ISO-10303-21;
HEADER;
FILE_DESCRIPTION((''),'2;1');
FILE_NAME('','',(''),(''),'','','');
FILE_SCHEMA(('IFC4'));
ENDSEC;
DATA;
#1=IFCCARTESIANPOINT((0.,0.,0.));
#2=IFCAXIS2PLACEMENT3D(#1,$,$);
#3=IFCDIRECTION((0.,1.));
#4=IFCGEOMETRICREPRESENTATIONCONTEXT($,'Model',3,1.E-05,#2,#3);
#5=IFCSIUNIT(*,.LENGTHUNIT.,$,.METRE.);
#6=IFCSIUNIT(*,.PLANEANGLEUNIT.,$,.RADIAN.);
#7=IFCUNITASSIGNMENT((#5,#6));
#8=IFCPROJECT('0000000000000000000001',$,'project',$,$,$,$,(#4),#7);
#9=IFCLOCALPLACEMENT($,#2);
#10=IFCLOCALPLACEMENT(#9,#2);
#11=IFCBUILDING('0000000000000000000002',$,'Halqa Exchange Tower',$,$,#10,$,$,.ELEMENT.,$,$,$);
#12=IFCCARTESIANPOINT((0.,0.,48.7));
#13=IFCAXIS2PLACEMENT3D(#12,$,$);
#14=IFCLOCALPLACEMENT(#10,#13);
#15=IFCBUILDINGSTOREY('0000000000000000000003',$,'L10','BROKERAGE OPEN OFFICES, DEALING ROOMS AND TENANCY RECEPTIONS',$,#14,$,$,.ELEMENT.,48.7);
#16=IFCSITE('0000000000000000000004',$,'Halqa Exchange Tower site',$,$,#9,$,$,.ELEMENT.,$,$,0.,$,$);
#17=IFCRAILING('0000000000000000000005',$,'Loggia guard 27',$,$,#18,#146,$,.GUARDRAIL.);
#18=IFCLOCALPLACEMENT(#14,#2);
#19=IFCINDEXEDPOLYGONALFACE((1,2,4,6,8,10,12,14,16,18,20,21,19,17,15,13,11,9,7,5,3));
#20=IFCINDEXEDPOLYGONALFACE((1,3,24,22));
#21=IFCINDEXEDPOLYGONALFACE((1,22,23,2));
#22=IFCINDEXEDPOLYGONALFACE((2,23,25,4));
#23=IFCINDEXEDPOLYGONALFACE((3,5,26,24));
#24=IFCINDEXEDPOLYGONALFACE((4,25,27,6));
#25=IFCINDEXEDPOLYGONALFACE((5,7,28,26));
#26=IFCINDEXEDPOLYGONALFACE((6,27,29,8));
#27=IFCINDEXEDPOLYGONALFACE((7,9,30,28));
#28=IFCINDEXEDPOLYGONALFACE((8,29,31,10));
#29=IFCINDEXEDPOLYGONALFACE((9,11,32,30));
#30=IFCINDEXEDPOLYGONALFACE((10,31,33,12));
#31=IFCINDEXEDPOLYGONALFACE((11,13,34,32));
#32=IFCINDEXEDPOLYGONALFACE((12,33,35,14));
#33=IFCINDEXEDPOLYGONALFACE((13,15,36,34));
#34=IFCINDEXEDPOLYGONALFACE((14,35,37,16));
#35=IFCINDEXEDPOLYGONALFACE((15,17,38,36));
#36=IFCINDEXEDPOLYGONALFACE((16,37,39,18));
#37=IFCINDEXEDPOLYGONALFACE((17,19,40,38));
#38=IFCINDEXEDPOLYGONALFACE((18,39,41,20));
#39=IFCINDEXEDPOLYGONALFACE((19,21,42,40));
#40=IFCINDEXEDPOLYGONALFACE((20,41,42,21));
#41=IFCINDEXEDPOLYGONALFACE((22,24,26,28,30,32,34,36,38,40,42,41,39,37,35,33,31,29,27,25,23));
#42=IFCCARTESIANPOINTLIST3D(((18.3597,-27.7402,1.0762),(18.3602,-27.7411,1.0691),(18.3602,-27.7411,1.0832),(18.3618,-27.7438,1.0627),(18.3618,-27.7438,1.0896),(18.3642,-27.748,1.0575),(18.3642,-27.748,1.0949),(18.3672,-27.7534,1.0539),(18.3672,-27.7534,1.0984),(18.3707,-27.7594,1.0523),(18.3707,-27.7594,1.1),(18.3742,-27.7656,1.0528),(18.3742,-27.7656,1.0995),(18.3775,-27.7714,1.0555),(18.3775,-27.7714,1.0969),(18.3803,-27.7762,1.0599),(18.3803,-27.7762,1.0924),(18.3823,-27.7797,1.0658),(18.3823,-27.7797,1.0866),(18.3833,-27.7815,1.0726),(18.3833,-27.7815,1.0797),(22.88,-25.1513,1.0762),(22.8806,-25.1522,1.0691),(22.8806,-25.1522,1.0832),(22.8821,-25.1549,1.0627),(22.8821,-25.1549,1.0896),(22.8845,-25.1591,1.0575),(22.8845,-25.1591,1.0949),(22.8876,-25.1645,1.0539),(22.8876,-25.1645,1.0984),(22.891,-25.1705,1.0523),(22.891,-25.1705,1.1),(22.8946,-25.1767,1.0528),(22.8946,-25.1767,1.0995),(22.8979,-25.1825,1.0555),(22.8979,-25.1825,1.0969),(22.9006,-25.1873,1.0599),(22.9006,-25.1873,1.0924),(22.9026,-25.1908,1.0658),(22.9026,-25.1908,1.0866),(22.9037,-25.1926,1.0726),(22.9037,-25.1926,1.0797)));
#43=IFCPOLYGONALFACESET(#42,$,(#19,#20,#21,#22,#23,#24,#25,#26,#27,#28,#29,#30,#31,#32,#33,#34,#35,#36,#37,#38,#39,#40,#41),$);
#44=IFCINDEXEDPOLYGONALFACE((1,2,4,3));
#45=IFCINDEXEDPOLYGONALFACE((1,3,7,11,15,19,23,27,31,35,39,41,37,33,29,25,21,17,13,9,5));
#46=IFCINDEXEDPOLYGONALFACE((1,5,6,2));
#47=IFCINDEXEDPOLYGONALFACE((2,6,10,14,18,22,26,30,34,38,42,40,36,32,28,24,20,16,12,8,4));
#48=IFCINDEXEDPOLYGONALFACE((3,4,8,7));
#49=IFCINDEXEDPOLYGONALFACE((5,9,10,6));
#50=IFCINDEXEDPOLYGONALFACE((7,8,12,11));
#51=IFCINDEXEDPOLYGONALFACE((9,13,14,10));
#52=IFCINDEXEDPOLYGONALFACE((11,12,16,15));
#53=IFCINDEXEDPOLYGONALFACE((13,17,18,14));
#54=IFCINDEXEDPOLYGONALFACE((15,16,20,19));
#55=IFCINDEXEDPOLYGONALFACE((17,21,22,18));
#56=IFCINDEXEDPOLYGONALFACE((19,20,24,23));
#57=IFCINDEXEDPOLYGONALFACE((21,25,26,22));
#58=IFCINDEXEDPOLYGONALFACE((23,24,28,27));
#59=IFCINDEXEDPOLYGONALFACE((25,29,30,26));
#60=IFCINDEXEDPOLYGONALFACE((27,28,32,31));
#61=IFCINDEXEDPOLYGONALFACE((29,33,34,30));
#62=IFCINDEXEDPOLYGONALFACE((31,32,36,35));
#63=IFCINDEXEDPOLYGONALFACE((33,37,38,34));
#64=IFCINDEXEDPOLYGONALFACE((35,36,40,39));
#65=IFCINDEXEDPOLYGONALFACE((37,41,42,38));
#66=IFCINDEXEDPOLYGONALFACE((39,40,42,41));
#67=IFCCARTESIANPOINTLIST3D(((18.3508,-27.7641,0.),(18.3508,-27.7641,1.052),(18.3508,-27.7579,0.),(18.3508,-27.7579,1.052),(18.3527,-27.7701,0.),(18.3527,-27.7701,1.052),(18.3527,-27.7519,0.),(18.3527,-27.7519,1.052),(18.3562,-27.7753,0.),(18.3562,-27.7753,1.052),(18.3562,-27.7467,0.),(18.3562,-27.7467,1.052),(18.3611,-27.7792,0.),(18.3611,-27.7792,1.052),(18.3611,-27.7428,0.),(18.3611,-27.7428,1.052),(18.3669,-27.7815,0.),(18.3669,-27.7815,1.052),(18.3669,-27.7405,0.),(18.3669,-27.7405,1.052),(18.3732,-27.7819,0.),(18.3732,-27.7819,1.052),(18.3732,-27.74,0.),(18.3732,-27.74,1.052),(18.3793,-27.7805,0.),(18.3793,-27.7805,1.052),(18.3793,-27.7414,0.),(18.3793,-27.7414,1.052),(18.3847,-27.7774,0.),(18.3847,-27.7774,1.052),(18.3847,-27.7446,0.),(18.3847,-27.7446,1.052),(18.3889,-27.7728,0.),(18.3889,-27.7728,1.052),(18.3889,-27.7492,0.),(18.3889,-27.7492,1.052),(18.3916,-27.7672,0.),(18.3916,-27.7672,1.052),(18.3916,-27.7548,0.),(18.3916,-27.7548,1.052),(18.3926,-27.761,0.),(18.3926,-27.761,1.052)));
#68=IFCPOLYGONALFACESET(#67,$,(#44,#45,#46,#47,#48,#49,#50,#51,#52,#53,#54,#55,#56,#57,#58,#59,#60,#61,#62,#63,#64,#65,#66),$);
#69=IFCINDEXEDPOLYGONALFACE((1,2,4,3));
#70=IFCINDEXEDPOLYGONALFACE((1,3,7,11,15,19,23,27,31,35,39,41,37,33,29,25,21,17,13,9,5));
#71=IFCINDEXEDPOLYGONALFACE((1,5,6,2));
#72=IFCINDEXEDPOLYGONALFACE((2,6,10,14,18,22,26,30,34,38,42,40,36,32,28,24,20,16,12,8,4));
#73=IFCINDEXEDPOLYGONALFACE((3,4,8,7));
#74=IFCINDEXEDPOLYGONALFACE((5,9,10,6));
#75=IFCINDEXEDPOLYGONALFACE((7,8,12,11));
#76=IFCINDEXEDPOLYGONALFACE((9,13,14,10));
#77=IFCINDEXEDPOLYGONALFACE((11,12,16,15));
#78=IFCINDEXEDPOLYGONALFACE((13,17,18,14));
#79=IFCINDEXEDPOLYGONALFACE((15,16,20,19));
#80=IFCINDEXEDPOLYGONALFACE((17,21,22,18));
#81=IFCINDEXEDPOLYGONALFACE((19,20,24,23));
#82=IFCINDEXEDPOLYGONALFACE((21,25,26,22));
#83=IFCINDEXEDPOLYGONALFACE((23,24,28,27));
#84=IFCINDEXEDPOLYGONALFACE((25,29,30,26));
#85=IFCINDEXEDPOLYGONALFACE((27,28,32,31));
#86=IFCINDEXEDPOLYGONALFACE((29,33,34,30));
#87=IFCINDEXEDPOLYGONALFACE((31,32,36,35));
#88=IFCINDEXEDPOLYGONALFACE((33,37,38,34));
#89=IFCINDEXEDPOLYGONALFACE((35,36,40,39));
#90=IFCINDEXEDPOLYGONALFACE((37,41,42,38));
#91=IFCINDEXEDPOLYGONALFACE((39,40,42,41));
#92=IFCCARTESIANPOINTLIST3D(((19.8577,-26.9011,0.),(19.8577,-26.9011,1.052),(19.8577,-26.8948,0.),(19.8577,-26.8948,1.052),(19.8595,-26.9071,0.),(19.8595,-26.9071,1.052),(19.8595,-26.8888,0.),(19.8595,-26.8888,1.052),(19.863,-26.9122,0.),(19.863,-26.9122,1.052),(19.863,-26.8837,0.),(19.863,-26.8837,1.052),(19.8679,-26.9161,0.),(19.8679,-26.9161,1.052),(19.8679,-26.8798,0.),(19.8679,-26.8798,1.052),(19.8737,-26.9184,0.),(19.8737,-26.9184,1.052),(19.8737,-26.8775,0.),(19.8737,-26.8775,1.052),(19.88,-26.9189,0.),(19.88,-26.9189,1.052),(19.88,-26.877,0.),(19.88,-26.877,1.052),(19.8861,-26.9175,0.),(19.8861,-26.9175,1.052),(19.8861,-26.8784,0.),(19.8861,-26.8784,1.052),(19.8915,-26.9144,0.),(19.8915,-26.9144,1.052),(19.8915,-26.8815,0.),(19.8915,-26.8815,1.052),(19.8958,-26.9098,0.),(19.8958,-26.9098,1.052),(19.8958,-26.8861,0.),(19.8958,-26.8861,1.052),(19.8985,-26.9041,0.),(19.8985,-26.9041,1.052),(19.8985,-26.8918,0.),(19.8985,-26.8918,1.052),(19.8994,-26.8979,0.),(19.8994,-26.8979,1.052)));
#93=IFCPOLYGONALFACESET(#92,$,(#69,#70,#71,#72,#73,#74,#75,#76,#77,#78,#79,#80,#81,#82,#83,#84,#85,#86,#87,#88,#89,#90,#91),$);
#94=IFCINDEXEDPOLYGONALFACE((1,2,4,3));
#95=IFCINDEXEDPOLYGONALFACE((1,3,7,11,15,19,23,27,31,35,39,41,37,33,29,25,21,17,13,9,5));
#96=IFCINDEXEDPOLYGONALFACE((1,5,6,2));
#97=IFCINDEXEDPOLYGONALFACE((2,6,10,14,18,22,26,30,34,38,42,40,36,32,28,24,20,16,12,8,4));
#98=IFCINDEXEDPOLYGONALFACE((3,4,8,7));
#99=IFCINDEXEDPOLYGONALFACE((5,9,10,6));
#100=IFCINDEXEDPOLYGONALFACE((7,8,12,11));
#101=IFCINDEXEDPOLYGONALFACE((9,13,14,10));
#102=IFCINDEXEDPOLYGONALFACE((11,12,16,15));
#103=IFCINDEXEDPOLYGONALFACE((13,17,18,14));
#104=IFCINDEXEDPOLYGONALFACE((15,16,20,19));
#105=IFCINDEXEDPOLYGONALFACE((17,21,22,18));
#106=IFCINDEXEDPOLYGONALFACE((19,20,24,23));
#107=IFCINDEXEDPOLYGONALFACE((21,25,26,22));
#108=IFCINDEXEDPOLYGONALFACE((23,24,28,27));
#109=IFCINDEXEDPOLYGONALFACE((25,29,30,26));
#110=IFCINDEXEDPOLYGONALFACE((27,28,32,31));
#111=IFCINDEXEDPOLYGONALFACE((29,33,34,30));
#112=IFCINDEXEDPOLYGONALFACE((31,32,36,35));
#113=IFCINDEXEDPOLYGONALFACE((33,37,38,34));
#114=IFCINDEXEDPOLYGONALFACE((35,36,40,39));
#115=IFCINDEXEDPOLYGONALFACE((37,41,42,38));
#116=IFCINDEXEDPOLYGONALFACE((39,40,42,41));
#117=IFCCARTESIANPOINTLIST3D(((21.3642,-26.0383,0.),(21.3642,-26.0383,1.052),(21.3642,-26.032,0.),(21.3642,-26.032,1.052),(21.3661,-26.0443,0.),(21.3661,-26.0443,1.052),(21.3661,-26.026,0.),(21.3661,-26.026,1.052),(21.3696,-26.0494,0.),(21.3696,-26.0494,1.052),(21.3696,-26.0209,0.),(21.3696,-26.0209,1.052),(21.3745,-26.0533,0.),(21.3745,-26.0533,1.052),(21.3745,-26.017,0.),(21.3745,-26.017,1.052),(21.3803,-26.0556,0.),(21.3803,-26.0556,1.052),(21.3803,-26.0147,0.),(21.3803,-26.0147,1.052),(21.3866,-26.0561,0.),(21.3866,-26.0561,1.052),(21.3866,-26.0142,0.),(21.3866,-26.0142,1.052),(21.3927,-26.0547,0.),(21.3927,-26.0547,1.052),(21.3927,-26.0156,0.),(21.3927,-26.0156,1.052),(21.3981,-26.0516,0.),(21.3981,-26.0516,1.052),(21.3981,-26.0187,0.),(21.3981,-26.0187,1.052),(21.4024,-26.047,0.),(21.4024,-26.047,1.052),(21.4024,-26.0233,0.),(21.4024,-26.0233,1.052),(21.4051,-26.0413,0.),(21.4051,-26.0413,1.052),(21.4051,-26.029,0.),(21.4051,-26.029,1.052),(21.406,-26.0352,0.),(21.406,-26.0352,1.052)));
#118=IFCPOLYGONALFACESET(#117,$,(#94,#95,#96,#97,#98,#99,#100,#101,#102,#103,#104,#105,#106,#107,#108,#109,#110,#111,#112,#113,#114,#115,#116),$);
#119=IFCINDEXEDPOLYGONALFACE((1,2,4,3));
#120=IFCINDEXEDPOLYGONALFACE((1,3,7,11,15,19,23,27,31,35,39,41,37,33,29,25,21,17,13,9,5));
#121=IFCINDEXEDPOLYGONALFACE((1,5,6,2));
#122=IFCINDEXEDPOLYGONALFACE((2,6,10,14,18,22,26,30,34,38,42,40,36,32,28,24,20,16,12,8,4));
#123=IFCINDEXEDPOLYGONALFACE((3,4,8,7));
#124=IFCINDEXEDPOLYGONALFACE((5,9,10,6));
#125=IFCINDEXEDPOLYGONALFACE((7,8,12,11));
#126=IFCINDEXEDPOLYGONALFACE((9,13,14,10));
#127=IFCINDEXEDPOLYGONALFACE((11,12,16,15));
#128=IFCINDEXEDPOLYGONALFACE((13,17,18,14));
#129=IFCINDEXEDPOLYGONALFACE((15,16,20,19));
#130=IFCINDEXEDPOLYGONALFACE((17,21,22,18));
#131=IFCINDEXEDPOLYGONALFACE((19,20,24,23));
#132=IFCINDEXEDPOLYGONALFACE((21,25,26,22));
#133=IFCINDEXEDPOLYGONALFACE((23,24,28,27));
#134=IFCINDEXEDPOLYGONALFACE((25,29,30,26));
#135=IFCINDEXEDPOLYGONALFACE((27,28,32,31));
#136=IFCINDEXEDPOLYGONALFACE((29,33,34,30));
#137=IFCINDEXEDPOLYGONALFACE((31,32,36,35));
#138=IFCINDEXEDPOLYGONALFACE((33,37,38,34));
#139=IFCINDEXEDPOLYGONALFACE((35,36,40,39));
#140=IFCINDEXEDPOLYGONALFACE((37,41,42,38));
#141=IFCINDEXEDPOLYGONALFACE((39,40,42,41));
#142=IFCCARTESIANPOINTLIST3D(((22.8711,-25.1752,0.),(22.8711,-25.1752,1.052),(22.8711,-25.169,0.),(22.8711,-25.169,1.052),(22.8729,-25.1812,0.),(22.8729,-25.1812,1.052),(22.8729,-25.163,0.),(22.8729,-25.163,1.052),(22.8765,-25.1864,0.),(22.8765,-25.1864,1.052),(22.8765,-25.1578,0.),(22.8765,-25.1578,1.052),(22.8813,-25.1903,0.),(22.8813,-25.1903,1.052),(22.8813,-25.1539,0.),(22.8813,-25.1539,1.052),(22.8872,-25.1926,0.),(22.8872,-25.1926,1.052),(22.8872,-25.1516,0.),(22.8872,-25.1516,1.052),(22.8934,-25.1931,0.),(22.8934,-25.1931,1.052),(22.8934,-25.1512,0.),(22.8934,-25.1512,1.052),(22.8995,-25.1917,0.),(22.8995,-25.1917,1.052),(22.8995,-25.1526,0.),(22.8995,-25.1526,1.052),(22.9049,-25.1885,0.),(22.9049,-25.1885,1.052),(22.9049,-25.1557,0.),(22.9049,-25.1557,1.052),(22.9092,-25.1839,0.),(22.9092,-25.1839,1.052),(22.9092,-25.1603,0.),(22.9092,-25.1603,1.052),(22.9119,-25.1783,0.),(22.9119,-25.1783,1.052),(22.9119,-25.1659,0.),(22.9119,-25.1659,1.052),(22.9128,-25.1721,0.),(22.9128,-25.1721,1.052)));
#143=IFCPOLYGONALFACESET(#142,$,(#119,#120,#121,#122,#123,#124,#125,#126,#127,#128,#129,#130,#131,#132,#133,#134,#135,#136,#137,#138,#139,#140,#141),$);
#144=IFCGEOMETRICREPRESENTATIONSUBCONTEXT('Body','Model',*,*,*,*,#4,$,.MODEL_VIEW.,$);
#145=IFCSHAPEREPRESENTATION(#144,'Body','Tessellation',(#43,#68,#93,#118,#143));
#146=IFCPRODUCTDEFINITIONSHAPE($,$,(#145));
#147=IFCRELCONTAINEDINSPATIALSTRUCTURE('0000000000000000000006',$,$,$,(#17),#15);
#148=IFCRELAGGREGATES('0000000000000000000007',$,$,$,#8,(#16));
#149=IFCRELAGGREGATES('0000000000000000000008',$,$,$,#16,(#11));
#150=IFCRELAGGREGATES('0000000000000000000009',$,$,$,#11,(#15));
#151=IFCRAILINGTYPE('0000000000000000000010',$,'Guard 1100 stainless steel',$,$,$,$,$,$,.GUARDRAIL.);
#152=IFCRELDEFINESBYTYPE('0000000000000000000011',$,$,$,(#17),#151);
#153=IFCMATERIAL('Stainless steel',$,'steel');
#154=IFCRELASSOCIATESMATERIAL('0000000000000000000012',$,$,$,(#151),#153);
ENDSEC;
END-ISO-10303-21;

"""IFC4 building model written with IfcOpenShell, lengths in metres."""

from ifc_helpers import new_model, si_unit, direction, frame, origin, origin_2d, place, context, subcontext, project, spatial, circle, extrude, material, type_object, element, save


model = new_model("IFC4")

# Units and contexts
model_context = context("Model", 3, precision=1e-05, world=origin(), true_north=direction((0.0, 1.0)))
body_context = subcontext(model_context, "Body", "Model", "MODEL_VIEW")
ifc_project = project(units=[si_unit("LENGTHUNIT", "METRE"), si_unit("PLANEANGLEUNIT", "RADIAN")], contexts=[model_context])

# Site, building, storey
site_placement = place(None, origin())
site = spatial("IfcSite", under=ifc_project, at=site_placement, Name="Halqa Exchange Tower site", CompositionType="ELEMENT", RefElevation=0.0)
building_placement = place(site_placement, origin())
building = spatial("IfcBuilding", under=site, at=building_placement, Name="Halqa Exchange Tower", CompositionType="ELEMENT")
storey_placement = place(building_placement, frame((0.0, 0.0, 48.7)))
storey = spatial("IfcBuildingStorey", under=building, at=storey_placement, Name="L10", Description="BROKERAGE OPEN OFFICES, DEALING ROOMS AND TENANCY RECEPTIONS", CompositionType="ELEMENT", Elevation=48.7)

# Railing
ifc_material_1 = material(Name="Stainless steel", Category="steel")
railing_type = type_object("IfcRailingType", Name="Guard 1100 stainless steel", PredefinedType="GUARDRAIL", material=ifc_material_1)
railing_1_placement = place(storey_placement, frame((18.3716, -27.761, 0.0)))
element("IfcRailing", 1, at=railing_1_placement, inside=storey, type_object=railing_type, Name="Loggia guard 27", PredefinedType="GUARDRAIL", context=body_context, shape_type="SweptSolid", body=[
    extrude(circle(Radius=0.0239, at=origin_2d()), frame((0.0, 0.0, 1.0762), z_axis=(0.867758, 0.496987, 0.0), x_axis=(-0.496987, 0.867758, 0.0)), (0.0, 0.0, 1.0), 5.2092),
    extrude(circle(Radius=0.021, at=origin_2d()), origin(), (0.0, 0.0, 1.0), 1.052),
    extrude(circle(Radius=0.021, at=origin_2d()), frame((1.5068, 0.863, 0.0)), (0.0, 0.0, 1.0), 1.052),
    extrude(circle(Radius=0.021, at=origin_2d()), frame((3.0134, 1.7258, 0.0)), (0.0, 0.0, 1.0), 1.052),
    extrude(circle(Radius=0.021, at=origin_2d()), frame((4.5203, 2.5889, 0.0)), (0.0, 0.0, 1.0), 1.052),
])

save(model, "model.ifc")
